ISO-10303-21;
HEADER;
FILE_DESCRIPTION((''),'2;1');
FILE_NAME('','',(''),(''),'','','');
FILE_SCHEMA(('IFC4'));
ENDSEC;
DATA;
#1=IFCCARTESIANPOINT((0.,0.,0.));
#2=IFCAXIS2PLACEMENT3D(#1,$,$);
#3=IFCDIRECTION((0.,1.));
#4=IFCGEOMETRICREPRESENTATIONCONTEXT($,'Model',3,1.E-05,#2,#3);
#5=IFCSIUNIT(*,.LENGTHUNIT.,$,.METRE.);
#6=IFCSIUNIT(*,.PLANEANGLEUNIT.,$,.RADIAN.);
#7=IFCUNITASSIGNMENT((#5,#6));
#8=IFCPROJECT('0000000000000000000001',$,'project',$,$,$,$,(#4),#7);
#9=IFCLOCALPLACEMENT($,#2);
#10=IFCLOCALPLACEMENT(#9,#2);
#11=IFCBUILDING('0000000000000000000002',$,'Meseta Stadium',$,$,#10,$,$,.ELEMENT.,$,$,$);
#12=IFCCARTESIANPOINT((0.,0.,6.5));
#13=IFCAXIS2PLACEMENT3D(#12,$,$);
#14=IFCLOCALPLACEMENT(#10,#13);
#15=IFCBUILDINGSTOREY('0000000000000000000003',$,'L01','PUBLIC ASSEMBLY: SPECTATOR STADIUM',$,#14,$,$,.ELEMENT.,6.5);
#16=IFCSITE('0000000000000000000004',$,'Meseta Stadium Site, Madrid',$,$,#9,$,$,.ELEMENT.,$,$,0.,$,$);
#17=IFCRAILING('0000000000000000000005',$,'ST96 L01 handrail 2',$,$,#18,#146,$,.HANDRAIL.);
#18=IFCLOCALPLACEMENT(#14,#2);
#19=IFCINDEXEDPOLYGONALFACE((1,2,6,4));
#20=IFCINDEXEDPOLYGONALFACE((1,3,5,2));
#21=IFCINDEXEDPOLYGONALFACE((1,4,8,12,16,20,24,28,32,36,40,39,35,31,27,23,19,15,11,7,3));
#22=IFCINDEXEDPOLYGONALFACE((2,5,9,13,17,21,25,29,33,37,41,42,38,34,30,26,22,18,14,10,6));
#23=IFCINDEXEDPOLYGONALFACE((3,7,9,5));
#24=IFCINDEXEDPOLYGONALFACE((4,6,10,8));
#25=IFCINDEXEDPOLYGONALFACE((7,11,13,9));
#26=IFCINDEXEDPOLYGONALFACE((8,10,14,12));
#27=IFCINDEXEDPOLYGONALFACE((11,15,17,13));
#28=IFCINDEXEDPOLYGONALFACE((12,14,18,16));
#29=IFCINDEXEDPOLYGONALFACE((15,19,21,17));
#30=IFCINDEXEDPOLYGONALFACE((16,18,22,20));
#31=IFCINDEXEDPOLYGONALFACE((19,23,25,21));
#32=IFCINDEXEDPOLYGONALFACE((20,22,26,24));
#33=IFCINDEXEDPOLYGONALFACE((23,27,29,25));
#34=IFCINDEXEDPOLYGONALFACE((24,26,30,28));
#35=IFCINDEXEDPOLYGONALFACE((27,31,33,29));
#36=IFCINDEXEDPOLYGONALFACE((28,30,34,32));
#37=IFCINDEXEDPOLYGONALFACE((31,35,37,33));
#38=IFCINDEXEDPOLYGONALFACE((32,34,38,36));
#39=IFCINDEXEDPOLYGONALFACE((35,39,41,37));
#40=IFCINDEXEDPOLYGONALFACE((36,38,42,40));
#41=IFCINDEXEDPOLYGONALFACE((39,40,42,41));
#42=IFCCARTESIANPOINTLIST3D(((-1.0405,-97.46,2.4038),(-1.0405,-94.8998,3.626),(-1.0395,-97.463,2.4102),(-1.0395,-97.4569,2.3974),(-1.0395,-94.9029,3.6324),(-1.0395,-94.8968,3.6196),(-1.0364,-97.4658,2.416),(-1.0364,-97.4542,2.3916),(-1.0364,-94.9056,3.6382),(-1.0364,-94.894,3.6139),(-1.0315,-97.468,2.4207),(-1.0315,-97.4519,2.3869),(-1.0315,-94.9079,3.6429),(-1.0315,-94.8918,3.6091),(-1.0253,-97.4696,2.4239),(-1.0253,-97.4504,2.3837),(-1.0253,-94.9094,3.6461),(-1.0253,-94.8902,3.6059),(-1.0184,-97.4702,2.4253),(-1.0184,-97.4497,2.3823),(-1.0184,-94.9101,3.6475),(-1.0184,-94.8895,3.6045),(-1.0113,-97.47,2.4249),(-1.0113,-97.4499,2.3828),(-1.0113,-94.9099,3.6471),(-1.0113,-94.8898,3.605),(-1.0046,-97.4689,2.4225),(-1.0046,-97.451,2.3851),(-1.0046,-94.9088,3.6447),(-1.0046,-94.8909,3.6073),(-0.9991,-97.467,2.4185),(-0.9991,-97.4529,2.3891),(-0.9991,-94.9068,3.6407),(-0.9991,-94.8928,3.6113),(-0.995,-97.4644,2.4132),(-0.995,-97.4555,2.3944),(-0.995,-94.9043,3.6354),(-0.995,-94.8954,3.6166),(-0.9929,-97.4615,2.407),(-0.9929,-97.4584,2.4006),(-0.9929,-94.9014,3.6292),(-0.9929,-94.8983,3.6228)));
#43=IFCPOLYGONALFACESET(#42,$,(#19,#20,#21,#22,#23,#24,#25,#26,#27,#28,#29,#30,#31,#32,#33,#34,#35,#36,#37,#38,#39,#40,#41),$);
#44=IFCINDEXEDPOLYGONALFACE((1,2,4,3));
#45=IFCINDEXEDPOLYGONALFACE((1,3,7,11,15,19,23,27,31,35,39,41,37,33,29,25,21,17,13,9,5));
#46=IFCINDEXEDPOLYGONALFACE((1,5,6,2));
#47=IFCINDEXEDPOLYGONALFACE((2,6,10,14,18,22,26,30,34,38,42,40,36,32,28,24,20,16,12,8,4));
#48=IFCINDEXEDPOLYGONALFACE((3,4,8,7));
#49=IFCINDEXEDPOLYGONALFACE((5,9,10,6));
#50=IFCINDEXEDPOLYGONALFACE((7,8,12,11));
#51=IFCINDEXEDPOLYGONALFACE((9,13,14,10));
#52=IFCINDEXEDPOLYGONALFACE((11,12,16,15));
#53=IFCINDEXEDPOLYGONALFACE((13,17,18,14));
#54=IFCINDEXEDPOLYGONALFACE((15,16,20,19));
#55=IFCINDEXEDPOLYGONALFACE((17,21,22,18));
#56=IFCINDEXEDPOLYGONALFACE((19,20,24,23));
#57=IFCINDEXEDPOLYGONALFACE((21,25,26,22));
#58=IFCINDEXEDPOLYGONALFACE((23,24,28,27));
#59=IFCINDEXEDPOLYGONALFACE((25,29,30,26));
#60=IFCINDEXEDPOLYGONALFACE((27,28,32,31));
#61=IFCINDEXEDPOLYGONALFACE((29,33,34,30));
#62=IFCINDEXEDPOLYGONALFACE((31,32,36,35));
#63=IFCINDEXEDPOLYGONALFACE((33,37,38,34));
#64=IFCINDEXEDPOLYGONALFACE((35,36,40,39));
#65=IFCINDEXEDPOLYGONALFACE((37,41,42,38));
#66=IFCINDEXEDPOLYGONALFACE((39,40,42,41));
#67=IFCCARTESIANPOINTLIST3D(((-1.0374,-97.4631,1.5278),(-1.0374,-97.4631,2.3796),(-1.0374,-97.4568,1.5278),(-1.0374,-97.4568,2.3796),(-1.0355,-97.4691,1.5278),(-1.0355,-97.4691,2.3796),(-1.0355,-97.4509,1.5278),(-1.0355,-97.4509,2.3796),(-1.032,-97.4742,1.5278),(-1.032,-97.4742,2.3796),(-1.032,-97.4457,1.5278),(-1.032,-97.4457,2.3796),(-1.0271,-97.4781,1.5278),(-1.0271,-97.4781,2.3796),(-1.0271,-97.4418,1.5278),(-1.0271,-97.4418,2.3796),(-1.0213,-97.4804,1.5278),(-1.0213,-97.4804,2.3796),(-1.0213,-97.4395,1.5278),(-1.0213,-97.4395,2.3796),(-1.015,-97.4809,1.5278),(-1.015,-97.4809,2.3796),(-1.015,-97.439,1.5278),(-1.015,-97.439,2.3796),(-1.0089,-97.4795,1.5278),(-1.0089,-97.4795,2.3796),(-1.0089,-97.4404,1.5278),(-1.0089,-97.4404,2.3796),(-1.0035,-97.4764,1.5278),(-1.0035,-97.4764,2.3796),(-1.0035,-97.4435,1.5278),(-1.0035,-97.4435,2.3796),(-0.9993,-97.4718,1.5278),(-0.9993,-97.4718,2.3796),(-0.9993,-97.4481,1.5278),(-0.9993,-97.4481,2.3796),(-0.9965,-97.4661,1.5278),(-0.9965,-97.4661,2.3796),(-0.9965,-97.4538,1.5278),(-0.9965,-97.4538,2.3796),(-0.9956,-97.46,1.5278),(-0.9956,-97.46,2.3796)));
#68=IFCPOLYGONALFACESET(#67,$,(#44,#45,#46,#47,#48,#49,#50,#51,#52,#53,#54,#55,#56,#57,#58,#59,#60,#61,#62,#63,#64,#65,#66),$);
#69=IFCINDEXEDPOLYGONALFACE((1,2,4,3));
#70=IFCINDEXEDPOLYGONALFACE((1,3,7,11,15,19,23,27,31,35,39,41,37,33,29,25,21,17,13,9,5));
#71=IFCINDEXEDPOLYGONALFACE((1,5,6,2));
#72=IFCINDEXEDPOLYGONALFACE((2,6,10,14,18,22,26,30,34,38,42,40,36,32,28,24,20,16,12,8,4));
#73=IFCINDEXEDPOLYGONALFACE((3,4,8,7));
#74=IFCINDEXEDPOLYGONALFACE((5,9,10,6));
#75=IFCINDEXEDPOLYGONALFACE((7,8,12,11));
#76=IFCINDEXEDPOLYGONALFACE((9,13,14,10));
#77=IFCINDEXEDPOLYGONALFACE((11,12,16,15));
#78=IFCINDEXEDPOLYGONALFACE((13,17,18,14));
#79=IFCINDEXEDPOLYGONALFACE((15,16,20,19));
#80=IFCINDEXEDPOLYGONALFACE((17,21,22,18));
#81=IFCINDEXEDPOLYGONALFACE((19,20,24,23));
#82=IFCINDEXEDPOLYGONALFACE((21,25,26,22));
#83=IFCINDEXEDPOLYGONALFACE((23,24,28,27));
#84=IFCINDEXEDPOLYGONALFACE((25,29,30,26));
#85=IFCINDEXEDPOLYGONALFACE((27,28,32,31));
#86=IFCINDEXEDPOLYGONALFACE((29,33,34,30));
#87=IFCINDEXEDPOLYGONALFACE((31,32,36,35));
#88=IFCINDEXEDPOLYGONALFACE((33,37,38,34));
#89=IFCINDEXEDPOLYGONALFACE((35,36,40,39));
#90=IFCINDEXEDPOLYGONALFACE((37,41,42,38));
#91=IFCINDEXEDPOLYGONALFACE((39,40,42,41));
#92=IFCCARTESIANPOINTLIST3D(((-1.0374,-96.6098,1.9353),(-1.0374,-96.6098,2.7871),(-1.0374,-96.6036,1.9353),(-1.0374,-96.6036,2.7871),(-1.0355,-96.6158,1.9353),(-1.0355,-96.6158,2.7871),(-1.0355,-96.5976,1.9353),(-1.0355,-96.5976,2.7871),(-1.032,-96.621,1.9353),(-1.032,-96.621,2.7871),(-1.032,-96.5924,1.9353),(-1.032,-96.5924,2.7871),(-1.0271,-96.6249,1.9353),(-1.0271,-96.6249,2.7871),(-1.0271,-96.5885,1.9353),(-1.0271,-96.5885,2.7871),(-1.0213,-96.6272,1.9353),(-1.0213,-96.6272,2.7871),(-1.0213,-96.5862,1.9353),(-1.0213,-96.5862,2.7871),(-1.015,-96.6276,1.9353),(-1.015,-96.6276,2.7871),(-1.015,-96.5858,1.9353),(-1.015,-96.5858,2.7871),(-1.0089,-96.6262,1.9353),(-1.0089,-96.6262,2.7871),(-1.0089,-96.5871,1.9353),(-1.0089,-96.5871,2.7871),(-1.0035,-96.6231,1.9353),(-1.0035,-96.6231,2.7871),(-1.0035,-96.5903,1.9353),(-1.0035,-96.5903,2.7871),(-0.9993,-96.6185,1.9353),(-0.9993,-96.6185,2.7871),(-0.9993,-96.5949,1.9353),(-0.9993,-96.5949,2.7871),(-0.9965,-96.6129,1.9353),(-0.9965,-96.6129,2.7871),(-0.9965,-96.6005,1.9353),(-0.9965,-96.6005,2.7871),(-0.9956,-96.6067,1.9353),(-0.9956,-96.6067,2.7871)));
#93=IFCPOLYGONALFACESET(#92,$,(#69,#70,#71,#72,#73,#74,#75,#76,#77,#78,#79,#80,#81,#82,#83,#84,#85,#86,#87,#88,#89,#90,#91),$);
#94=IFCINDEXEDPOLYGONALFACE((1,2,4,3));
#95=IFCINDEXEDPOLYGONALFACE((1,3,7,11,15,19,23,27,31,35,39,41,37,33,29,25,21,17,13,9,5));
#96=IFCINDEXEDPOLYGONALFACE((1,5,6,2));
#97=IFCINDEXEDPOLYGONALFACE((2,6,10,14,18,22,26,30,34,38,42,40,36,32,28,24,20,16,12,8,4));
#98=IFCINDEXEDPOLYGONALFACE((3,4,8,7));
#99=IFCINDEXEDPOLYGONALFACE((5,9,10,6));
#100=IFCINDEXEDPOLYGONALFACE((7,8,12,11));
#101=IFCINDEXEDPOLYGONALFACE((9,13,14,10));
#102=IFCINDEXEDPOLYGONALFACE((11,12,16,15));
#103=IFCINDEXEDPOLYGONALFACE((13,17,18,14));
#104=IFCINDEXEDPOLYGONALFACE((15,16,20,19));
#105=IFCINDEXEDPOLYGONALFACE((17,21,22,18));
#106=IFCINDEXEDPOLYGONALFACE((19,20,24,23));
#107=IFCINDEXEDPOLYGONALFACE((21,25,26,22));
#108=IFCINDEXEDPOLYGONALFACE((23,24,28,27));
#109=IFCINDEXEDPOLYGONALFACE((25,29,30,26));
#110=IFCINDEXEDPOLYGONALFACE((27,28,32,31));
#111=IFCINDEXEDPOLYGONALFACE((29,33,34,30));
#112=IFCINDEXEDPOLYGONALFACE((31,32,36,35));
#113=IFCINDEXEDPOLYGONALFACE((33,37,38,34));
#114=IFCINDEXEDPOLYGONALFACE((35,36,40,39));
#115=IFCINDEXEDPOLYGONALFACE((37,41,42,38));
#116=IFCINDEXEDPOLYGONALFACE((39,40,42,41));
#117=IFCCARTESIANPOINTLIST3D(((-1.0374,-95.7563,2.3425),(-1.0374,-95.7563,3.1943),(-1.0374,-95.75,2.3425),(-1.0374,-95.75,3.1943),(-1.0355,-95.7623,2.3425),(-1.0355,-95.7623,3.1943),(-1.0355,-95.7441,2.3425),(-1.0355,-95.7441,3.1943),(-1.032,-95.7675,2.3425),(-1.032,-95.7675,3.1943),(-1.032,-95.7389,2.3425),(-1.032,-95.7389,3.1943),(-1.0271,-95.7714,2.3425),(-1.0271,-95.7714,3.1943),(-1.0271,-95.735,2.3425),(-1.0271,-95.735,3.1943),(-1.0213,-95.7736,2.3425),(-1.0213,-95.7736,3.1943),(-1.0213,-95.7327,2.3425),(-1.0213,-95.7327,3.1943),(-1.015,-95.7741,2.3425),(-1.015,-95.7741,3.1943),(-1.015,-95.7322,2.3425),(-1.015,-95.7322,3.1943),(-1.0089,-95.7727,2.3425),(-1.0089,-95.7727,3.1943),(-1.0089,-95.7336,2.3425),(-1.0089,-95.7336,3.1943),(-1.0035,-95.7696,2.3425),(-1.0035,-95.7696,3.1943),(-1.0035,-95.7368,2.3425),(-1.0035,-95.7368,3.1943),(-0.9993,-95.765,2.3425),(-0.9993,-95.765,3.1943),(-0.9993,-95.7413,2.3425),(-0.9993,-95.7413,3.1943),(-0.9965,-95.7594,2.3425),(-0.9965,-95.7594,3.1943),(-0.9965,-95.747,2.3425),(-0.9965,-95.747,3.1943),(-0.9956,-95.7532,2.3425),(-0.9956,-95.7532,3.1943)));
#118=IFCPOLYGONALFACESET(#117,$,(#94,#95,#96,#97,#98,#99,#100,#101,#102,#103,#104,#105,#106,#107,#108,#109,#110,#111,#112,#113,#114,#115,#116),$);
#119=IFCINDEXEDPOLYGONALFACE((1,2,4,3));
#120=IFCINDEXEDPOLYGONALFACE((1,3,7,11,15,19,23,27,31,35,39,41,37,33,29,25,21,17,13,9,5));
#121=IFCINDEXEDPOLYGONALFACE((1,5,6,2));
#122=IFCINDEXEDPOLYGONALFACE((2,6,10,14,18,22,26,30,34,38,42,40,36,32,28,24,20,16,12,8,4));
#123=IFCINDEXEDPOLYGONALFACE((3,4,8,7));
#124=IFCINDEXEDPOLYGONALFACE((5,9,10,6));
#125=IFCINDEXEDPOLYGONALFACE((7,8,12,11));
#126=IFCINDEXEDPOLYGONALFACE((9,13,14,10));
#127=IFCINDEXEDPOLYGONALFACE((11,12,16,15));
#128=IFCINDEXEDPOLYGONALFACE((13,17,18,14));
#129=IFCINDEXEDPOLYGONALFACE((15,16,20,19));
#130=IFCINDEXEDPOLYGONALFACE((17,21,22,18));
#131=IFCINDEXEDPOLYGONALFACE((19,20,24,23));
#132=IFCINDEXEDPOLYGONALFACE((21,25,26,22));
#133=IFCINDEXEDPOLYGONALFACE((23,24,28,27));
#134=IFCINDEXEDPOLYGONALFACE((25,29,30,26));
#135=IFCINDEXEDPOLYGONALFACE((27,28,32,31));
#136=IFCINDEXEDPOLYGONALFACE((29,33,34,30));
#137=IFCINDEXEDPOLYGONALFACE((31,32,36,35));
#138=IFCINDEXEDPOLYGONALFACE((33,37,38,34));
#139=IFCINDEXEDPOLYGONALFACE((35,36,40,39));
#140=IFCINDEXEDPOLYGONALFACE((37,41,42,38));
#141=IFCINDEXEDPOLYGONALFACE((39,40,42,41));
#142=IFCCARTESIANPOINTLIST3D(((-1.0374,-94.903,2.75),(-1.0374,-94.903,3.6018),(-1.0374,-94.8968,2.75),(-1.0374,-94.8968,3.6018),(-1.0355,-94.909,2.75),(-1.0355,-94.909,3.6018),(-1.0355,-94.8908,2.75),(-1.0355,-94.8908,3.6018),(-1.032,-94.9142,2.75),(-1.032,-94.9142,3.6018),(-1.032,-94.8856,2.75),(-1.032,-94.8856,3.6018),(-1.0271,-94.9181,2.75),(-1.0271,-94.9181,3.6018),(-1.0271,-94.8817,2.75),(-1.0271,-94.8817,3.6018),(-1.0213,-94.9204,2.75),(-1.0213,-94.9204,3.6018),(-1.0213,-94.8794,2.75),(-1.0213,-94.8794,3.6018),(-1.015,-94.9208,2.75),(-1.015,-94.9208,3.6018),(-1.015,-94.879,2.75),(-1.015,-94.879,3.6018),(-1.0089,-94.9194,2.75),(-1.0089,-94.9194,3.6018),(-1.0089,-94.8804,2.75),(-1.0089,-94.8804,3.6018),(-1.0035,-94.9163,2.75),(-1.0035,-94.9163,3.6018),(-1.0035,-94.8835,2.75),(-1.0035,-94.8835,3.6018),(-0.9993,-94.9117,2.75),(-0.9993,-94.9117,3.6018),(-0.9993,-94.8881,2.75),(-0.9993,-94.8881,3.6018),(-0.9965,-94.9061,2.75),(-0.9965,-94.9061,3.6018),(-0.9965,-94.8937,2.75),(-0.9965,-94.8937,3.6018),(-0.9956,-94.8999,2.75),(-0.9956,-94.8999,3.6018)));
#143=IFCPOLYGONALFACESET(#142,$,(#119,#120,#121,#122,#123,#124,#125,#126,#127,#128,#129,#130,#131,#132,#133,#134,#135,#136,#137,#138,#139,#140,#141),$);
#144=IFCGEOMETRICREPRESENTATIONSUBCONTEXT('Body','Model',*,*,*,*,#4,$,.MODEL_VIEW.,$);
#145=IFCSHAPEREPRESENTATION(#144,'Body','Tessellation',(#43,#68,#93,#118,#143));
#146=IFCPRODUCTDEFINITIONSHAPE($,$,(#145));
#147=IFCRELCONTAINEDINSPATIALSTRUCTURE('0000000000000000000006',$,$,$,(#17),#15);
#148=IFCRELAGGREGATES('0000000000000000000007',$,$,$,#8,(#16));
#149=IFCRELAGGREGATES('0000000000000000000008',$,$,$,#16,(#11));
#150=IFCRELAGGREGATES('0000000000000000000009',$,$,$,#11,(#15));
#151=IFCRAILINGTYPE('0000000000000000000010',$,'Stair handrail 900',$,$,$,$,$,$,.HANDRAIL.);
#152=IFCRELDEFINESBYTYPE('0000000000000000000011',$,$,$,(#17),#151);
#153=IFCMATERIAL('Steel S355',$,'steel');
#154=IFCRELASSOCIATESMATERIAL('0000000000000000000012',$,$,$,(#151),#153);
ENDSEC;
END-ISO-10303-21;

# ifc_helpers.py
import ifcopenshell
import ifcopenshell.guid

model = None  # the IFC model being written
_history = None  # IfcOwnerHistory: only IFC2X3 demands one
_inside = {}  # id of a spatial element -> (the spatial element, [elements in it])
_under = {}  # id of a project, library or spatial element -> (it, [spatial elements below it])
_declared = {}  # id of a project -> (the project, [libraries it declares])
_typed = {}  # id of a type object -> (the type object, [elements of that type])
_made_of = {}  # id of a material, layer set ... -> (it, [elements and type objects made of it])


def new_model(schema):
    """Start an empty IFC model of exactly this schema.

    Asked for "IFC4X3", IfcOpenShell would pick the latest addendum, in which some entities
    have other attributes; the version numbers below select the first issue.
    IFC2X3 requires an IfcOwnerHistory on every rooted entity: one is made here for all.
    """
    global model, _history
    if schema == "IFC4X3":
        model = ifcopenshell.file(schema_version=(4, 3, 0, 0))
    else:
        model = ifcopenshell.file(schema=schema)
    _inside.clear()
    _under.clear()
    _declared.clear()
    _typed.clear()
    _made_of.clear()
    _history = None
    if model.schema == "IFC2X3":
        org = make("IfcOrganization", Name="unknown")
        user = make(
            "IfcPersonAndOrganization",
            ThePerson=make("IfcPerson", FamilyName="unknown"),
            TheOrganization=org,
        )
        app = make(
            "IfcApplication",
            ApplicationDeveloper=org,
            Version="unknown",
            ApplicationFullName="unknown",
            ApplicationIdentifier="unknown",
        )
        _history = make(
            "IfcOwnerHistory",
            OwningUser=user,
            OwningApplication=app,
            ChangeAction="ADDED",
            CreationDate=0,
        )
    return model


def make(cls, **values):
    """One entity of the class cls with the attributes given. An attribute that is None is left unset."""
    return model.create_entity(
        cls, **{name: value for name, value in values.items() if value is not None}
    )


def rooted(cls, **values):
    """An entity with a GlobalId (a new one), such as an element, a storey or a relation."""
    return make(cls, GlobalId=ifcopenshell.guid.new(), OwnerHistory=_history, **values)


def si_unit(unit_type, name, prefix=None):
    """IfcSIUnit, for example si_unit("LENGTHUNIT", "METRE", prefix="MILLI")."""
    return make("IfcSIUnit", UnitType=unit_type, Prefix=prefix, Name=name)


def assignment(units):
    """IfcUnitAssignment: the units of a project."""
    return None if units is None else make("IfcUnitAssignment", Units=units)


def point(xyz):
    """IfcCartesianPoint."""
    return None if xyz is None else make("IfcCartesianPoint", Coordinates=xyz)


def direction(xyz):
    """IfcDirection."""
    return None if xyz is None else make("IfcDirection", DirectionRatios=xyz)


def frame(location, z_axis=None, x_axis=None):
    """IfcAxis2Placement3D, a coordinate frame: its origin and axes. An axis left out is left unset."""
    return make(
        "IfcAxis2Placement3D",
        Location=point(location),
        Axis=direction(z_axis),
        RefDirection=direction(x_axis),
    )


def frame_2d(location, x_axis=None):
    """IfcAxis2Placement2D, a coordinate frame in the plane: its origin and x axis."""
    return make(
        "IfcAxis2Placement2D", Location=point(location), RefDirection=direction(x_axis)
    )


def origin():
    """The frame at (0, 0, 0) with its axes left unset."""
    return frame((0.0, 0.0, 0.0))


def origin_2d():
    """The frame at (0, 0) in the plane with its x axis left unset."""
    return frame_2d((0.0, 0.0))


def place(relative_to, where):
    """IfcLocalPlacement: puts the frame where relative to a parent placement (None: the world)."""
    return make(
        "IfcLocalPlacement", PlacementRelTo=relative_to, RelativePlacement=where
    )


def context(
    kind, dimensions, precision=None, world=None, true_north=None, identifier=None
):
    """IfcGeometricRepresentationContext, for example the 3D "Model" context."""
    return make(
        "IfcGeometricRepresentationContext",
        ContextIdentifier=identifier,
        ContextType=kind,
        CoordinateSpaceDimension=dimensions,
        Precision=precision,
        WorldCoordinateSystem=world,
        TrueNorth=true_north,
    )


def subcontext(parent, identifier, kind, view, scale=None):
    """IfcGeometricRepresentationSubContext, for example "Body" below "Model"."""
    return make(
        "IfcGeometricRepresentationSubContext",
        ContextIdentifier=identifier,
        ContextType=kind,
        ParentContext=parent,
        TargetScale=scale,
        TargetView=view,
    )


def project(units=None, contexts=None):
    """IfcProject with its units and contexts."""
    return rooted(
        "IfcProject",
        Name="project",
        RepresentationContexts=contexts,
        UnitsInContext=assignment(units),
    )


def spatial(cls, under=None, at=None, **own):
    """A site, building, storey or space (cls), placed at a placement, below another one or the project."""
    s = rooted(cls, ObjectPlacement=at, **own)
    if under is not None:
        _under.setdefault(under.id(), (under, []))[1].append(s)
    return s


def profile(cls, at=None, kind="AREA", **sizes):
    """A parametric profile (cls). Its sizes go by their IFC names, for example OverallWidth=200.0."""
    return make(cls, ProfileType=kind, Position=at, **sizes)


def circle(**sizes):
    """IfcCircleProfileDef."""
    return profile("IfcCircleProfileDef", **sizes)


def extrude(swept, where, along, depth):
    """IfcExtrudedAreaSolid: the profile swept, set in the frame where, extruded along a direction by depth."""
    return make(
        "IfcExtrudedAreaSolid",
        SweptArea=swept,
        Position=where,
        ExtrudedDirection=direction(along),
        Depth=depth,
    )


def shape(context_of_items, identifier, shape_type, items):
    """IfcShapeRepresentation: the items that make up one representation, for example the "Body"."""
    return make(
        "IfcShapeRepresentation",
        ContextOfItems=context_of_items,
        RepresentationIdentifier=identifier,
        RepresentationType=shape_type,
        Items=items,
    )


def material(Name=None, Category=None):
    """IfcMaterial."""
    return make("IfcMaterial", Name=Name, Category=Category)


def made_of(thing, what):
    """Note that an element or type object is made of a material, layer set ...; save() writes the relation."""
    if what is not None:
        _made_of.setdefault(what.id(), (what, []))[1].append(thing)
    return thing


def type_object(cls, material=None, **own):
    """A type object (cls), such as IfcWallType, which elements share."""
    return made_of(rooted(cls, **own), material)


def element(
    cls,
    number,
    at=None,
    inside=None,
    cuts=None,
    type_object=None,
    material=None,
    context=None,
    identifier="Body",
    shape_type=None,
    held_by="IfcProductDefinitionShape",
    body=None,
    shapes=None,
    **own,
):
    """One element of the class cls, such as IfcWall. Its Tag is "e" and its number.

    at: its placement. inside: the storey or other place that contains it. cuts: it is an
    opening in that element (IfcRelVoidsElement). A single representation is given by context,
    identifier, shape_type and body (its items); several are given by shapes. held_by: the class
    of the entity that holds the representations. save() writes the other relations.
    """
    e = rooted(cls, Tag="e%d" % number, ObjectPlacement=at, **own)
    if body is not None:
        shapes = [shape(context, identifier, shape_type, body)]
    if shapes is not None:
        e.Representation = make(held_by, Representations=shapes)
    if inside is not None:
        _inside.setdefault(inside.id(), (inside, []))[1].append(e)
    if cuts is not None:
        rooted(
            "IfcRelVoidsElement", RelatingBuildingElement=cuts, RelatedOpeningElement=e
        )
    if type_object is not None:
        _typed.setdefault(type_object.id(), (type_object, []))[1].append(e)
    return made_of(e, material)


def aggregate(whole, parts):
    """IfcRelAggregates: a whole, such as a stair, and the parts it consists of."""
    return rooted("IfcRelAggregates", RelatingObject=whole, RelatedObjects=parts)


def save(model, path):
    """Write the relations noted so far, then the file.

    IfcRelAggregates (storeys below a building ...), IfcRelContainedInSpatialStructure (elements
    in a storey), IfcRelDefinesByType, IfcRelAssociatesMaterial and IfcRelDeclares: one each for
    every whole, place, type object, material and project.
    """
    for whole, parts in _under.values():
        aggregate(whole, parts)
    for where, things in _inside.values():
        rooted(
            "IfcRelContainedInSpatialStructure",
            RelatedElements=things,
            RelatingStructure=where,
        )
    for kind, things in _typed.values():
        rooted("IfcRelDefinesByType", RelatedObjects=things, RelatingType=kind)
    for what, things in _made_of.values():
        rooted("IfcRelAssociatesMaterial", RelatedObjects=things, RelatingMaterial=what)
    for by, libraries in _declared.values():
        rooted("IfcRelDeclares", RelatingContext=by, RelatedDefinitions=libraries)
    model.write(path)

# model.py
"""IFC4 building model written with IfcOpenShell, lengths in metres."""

from ifc_helpers import new_model, si_unit, direction, frame, origin, origin_2d, place, context, subcontext, project, spatial, circle, extrude, material, type_object, element, save


model = new_model("IFC4")

# Units and contexts
model_context = context("Model", 3, precision=1e-05, world=origin(), true_north=direction((0.0, 1.0)))
body_context = subcontext(model_context, "Body", "Model", "MODEL_VIEW")
ifc_project = project(units=[si_unit("LENGTHUNIT", "METRE"), si_unit("PLANEANGLEUNIT", "RADIAN")], contexts=[model_context])

# Site, building, storey
site_placement = place(None, origin())
site = spatial("IfcSite", under=ifc_project, at=site_placement, Name="Meseta Stadium Site, Madrid", CompositionType="ELEMENT", RefElevation=0.0)
building_placement = place(site_placement, origin())
building = spatial("IfcBuilding", under=site, at=building_placement, Name="Meseta Stadium", CompositionType="ELEMENT")
storey_placement = place(building_placement, frame((0.0, 0.0, 6.5)))
storey = spatial("IfcBuildingStorey", under=building, at=storey_placement, Name="L01", Description="PUBLIC ASSEMBLY: SPECTATOR STADIUM", CompositionType="ELEMENT", Elevation=6.5)

# Railing
ifc_material_1 = material(Name="Steel S355", Category="steel")
railing_type_1 = type_object("IfcRailingType", Name="Stair handrail 900", PredefinedType="HANDRAIL", material=ifc_material_1)
railing_1_placement = place(storey_placement, frame((-1.0166, -97.46, 1.5278)))
element("IfcRailing", 1, at=railing_1_placement, inside=storey, type_object=railing_type_1, Name="ST96 L01 handrail 2", PredefinedType="HANDRAIL", context=body_context, shape_type="SweptSolid", body=[
    extrude(circle(Radius=0.0239, at=origin_2d()), frame((0.0, 0.0, 0.876), z_axis=(0.0, 0.902437, 0.430822), x_axis=(-1.0, 0.0, 0.0)), (0.0, 0.0, 1.0), 2.8369),
    extrude(circle(Radius=0.021, at=origin_2d()), origin(), (0.0, 0.0, 1.0), 0.8518),
    extrude(circle(Radius=0.021, at=origin_2d()), frame((0.0, 0.8533, 0.4075)), (0.0, 0.0, 1.0), 0.8518),
    extrude(circle(Radius=0.021, at=origin_2d()), frame((0.0, 1.7068, 0.8147)), (0.0, 0.0, 1.0), 0.8518),
    extrude(circle(Radius=0.021, at=origin_2d()), frame((0.0, 2.5601, 1.2222)), (0.0, 0.0, 1.0), 0.8518),
])

save(model, "model.ifc")
